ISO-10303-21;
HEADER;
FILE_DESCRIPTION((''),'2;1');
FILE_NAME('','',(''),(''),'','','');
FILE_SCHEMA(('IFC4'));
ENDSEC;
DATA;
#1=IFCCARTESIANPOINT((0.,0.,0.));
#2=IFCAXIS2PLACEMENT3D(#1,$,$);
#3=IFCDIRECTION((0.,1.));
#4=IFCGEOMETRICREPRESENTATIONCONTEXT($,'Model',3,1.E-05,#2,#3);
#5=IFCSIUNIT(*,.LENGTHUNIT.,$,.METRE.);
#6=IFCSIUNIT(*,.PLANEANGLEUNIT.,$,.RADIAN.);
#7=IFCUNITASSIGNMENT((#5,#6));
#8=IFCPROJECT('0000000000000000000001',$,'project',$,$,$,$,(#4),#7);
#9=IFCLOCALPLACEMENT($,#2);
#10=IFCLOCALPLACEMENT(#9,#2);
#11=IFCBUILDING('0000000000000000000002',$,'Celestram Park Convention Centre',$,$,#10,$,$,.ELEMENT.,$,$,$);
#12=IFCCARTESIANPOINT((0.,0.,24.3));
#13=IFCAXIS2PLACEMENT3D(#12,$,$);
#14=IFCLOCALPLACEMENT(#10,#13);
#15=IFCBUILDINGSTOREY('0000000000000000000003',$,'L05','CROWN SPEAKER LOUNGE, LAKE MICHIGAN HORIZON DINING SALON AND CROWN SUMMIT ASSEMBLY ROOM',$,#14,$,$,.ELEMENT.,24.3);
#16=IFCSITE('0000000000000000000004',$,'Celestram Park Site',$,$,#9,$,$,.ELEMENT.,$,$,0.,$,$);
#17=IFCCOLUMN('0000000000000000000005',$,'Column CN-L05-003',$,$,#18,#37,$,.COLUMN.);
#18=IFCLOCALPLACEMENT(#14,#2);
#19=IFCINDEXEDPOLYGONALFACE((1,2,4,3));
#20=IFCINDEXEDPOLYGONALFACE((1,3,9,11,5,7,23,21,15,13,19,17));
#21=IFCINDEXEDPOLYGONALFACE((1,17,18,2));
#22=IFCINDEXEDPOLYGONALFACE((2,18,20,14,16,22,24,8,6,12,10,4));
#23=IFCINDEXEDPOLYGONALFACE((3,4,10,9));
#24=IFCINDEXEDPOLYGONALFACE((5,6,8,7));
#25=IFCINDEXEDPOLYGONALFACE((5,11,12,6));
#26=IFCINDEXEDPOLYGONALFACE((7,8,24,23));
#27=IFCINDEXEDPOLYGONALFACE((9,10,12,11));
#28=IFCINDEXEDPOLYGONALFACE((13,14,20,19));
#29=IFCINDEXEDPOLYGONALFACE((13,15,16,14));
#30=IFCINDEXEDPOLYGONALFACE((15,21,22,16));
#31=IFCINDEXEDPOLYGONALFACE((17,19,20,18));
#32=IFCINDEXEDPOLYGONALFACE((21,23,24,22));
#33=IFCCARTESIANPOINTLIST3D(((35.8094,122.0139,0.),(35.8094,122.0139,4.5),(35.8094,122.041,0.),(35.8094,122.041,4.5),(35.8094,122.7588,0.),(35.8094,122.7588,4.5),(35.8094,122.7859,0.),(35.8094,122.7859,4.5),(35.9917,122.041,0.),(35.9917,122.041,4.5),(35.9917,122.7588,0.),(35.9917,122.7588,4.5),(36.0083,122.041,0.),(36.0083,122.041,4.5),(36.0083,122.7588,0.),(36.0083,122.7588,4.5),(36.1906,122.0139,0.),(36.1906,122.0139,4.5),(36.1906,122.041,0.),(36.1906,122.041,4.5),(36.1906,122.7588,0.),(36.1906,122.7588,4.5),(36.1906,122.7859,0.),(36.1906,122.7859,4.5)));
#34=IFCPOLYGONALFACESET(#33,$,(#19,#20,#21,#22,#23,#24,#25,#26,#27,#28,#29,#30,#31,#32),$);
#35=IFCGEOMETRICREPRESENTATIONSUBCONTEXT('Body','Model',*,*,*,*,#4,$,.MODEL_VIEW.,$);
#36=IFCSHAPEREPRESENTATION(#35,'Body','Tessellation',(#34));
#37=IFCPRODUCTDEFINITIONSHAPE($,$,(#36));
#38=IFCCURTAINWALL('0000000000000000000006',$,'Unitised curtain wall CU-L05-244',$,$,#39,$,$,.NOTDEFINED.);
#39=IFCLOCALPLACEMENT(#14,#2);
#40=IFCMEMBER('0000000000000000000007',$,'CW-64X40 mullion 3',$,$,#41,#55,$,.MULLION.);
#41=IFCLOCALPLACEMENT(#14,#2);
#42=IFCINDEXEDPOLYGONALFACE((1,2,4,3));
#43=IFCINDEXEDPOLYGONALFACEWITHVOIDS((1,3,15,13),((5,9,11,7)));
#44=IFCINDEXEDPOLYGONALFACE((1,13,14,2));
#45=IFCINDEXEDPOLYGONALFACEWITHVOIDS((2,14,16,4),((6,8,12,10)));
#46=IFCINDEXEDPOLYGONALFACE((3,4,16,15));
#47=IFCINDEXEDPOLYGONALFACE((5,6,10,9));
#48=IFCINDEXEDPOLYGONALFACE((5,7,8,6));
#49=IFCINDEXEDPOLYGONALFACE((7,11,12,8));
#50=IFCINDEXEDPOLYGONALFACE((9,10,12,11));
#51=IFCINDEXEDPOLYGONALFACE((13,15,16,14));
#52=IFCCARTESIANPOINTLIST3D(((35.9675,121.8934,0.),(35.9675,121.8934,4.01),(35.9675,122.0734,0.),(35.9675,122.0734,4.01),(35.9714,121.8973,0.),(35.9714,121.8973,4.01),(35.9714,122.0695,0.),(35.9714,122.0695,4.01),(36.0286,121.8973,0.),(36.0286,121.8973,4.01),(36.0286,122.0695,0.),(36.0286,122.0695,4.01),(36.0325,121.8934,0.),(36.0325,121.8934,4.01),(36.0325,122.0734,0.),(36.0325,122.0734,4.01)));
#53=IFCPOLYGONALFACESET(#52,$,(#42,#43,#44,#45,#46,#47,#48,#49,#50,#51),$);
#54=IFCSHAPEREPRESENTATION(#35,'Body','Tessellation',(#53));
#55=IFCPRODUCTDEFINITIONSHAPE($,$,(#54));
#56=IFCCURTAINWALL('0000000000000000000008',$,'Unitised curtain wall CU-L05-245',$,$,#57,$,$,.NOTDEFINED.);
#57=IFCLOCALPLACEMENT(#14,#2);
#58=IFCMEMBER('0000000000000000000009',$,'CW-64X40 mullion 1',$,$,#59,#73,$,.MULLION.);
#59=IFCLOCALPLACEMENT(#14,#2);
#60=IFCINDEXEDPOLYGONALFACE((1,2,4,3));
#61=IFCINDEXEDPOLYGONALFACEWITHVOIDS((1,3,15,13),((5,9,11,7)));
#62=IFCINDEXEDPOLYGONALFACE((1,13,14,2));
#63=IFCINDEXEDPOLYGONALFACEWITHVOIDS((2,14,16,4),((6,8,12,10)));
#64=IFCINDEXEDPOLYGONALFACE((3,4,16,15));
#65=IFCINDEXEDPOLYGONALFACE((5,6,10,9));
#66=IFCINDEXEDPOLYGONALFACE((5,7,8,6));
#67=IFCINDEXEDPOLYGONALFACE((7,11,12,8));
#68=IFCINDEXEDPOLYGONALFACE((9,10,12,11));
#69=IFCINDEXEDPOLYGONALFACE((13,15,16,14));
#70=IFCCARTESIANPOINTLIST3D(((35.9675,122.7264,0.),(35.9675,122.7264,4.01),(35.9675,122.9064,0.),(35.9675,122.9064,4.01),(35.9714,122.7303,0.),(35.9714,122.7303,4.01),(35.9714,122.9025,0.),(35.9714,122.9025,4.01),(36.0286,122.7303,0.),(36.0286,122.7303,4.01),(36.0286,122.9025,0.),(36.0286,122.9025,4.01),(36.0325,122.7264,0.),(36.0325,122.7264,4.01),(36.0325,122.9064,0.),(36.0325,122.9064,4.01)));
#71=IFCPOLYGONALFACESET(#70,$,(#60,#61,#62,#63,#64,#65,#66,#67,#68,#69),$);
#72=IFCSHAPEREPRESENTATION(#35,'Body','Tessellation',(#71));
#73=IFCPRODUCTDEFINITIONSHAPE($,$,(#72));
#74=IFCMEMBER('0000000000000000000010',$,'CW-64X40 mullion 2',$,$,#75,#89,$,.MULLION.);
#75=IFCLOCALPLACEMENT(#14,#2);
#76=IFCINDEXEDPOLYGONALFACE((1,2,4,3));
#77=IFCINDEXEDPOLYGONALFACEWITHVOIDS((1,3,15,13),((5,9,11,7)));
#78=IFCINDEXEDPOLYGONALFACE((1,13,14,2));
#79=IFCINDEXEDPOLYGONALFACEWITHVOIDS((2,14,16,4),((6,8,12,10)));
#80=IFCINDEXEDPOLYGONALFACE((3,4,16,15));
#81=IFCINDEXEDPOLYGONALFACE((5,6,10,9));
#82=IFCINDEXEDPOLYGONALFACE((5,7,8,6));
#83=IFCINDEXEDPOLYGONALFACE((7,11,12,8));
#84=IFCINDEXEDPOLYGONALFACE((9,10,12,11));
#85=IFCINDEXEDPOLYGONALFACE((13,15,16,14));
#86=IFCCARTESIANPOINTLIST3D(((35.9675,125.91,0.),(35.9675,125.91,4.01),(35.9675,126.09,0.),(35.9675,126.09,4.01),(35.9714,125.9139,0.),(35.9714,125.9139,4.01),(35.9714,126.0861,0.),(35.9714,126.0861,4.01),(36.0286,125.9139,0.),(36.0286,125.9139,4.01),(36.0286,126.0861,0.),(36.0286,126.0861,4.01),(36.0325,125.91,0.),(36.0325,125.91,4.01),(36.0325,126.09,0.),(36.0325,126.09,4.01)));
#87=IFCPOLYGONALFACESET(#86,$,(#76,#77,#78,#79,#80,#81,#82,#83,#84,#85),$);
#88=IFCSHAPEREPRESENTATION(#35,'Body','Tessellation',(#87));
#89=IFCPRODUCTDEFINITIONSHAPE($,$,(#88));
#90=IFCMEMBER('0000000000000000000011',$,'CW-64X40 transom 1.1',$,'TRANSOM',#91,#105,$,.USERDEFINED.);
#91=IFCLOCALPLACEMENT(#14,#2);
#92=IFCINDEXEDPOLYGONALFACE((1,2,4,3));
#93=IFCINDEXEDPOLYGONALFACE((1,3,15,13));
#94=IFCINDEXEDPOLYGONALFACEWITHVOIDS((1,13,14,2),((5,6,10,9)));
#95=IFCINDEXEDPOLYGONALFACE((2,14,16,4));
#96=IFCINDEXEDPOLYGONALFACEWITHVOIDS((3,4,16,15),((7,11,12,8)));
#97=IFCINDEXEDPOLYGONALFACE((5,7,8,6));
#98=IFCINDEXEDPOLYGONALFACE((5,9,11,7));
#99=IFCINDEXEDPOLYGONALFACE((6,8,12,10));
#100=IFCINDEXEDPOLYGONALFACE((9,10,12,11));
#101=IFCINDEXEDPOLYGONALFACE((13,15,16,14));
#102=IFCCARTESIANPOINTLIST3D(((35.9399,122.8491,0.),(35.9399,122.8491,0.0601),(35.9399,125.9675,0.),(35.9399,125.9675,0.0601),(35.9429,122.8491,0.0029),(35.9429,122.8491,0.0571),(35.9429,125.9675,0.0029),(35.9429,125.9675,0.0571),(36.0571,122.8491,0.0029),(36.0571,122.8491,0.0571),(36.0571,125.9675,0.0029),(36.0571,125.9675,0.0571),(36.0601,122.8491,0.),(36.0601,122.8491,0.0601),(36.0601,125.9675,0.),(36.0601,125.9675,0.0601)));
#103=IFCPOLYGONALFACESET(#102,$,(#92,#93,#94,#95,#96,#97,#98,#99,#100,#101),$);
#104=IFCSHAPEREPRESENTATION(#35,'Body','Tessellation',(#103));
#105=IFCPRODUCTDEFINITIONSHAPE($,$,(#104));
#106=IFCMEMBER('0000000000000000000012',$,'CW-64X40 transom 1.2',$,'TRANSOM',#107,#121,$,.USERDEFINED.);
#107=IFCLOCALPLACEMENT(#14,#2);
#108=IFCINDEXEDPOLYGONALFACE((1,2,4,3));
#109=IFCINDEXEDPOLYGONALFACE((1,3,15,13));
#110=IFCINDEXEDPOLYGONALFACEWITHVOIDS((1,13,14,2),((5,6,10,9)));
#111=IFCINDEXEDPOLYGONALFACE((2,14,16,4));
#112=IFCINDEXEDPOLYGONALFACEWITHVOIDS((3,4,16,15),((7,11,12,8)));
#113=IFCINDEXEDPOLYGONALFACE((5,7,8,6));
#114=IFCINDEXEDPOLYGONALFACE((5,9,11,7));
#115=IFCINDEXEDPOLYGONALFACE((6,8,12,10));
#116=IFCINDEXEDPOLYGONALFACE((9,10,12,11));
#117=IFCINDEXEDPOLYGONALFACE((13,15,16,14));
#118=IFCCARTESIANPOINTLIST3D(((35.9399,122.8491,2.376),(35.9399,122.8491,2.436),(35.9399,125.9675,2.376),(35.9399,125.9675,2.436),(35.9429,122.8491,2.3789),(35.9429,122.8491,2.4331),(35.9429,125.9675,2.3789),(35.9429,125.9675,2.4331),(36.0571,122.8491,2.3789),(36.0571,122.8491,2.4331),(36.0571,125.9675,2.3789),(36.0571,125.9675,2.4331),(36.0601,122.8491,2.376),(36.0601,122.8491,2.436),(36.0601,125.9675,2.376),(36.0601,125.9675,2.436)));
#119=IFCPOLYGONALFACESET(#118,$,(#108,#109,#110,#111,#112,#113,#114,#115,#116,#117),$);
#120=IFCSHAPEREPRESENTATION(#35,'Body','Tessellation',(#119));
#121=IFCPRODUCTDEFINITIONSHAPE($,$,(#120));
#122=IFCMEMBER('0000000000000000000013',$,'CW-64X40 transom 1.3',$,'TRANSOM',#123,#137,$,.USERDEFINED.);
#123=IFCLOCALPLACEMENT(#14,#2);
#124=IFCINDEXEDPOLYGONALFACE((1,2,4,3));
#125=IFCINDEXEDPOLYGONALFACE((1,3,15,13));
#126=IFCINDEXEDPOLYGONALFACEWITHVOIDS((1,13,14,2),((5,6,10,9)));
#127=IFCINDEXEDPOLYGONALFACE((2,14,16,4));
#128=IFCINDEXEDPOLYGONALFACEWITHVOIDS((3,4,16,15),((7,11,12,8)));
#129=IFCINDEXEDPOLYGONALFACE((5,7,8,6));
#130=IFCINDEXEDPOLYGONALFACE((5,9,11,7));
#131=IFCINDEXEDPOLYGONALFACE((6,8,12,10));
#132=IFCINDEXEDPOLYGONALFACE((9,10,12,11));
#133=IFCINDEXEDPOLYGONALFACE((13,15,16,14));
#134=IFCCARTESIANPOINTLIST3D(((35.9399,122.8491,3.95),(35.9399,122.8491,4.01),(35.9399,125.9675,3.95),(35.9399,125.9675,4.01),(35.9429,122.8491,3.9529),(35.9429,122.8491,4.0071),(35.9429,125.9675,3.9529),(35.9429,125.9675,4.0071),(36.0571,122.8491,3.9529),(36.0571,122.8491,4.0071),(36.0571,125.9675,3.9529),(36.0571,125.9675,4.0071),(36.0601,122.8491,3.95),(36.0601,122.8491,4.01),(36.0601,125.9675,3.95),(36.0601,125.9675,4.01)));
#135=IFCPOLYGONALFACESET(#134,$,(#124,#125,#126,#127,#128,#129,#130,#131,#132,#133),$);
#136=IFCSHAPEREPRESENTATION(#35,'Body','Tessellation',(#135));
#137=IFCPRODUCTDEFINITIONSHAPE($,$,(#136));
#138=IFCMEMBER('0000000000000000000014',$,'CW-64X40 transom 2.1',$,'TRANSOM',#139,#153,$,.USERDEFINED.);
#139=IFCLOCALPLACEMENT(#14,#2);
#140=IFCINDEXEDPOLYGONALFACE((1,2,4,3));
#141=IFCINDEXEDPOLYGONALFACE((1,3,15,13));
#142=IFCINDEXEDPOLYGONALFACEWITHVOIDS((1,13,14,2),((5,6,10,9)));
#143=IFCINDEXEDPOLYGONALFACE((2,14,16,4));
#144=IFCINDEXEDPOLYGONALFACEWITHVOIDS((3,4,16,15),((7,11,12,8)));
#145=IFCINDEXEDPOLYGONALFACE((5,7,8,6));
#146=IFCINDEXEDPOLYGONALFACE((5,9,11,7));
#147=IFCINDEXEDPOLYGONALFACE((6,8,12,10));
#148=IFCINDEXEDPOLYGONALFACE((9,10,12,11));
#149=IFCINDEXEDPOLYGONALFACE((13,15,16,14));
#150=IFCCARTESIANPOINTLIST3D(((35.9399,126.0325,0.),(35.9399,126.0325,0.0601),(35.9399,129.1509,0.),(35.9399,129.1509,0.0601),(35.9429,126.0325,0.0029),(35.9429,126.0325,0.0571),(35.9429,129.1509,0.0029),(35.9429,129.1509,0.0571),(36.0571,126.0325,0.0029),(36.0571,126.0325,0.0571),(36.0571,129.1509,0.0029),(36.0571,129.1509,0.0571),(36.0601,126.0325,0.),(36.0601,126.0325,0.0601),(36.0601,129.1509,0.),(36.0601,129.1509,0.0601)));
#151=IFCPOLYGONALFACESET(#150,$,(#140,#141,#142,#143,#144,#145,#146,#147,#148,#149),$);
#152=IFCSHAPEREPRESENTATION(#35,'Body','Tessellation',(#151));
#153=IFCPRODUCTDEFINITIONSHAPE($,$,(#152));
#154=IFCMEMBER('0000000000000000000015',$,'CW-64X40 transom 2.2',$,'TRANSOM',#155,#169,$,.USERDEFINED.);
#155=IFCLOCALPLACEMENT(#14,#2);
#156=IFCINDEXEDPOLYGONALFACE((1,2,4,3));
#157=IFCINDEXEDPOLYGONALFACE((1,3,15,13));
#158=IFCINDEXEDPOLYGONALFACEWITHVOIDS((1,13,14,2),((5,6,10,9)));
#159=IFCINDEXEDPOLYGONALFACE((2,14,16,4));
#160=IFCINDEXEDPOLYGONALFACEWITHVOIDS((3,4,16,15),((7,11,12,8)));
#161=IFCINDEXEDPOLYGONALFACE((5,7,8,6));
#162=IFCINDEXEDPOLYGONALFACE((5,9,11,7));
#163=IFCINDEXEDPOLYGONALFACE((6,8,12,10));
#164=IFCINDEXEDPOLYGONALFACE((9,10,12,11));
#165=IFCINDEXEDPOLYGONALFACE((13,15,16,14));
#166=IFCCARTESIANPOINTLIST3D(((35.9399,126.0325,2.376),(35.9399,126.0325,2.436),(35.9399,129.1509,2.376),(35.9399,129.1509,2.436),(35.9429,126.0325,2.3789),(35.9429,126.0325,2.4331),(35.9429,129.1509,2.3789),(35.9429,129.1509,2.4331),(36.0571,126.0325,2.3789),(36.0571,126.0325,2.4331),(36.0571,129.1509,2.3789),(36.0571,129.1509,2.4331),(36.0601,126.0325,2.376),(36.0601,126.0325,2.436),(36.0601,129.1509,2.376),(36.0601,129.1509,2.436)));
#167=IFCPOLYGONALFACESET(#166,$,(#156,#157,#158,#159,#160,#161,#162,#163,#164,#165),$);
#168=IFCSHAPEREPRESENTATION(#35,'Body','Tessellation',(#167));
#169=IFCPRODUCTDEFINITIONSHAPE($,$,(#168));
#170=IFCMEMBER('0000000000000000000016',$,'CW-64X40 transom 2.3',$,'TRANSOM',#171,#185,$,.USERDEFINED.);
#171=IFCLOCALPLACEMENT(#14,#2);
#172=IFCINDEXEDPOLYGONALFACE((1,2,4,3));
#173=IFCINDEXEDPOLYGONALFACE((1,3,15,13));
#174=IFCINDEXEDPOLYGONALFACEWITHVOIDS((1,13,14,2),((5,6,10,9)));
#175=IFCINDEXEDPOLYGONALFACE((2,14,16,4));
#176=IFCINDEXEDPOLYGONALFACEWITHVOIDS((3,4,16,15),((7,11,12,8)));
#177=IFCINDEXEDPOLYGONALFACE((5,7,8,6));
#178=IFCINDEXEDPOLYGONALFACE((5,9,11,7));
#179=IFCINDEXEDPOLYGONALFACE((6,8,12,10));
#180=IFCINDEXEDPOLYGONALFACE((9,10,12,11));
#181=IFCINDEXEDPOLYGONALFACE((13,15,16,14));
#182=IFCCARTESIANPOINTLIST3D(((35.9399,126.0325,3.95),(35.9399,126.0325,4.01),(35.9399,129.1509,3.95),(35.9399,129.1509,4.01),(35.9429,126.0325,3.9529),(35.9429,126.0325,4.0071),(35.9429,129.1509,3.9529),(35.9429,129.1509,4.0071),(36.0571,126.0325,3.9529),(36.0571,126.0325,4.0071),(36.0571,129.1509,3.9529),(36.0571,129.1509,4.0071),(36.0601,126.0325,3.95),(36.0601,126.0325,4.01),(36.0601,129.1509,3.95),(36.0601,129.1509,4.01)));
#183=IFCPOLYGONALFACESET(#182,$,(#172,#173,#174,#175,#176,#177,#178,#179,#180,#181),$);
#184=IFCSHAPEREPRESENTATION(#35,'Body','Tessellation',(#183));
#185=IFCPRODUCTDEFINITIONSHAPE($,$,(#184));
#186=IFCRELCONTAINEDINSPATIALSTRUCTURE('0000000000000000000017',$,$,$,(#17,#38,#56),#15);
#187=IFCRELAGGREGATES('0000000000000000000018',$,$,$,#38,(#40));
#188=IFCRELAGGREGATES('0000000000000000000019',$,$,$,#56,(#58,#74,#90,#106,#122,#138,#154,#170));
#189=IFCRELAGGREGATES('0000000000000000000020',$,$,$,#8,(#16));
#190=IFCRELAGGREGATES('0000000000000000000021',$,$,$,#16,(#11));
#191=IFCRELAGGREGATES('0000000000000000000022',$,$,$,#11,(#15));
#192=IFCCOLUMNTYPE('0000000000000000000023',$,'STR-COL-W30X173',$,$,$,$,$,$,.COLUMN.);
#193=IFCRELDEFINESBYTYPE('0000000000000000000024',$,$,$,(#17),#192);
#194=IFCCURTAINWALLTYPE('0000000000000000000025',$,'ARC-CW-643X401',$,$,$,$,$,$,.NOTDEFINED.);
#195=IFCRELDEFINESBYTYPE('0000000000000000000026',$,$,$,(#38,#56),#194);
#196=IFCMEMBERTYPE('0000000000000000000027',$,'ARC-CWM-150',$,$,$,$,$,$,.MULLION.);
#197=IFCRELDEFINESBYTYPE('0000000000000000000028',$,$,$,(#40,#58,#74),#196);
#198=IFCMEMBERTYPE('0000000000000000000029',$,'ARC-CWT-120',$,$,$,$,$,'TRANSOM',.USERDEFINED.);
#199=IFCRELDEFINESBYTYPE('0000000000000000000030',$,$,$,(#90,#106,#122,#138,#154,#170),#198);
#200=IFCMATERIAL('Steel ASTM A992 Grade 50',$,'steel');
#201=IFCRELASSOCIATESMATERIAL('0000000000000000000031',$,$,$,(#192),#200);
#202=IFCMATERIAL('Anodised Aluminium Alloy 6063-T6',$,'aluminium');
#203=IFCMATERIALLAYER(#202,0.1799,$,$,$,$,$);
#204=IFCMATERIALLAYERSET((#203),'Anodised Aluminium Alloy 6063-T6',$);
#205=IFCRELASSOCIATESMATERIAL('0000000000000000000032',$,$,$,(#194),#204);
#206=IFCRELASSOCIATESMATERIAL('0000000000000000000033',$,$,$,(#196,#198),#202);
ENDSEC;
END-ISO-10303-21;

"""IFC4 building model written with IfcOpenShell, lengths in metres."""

from ifc_helpers import new_model, si_unit, direction, frame, origin, origin_2d, place, context, subcontext, project, spatial, hollow_rectangle, i_section, extrude, material, layer, layer_set, material_profile, profile_set, type_object, element, aggregate, save


model = new_model("IFC4")

# Units and contexts
model_context = context("Model", 3, precision=1e-05, world=origin(), true_north=direction((0.0, 1.0)))
body_context = subcontext(model_context, "Body", "Model", "MODEL_VIEW")
ifc_project = project(units=[si_unit("LENGTHUNIT", "METRE"), si_unit("PLANEANGLEUNIT", "RADIAN")], contexts=[model_context])

# Site, building, storey
site_placement = place(None, origin())
site = spatial("IfcSite", under=ifc_project, at=site_placement, Name="Celestram Park Site", CompositionType="ELEMENT", RefElevation=0.0)
building_placement = place(site_placement, origin())
building = spatial("IfcBuilding", under=site, at=building_placement, Name="Celestram Park Convention Centre", CompositionType="ELEMENT")
storey_placement = place(building_placement, frame((0.0, 0.0, 24.3)))
storey = spatial("IfcBuildingStorey", under=building, at=storey_placement, Name="L05", Description="CROWN SPEAKER LOUNGE, LAKE MICHIGAN HORIZON DINING SALON AND CROWN SUMMIT ASSEMBLY ROOM", CompositionType="ELEMENT", Elevation=24.3)

# Column
ifc_material_1 = material(Name="Steel ASTM A992 Grade 50", Category="steel")
ifc_material_profile_1 = material_profile(ifc_material_1, i_section(OverallWidth=0.3811, OverallDepth=0.772, WebThickness=0.0166, FlangeThickness=0.0271, at=origin_2d()), Name="W30X173")
ifc_profile_set_1 = profile_set([ifc_material_profile_1], Name="Steel ASTM A992 Grade 50")
column_type = type_object("IfcColumnType", Name="STR-COL-W30X173", PredefinedType="COLUMN", material=ifc_profile_set_1)
column_placement = place(storey_placement, frame((36.0, 122.3999, 0.0), z_axis=(0.0, 0.0, 1.0), x_axis=(1.0, 0.0, 0.0)))
element("IfcColumn", 1, at=column_placement, inside=storey, type_object=column_type, Name="Column CN-L05-003", PredefinedType="COLUMN", context=body_context, shape_type="SweptSolid", body=[
    extrude(i_section(OverallWidth=0.3811, OverallDepth=0.772, WebThickness=0.0166, FlangeThickness=0.0271, at=origin_2d()), origin(), (0.0, 0.0, 1.0), 4.5),
])

# Curtain wall, member
ifc_material_2 = material(Name="Anodised Aluminium Alloy 6063-T6", Category="aluminium")
ifc_layer_1 = layer(ifc_material_2, 0.1799)
ifc_layer_set_1 = layer_set([ifc_layer_1], Name="Anodised Aluminium Alloy 6063-T6")
curtain_wall_type = type_object("IfcCurtainWallType", Name="ARC-CW-643X401", PredefinedType="NOTDEFINED", material=ifc_layer_set_1)
curtain_wall_1_placement = place(storey_placement, origin())
curtain_wall_1 = element("IfcCurtainWall", 2, at=curtain_wall_1_placement, inside=storey, type_object=curtain_wall_type, Name="Unitised curtain wall CU-L05-244", PredefinedType="NOTDEFINED")
ifc_material_profile_2 = material_profile(ifc_material_2, hollow_rectangle(XDim=0.0649, YDim=0.1799, WallThickness=0.0039, at=origin_2d()), Name="ALU65X180X4")
ifc_profile_set_2 = profile_set([ifc_material_profile_2], Name="Anodised Aluminium Alloy 6063-T6")
member_type_1 = type_object("IfcMemberType", Name="ARC-CWM-150", PredefinedType="MULLION", material=ifc_profile_set_2)
member_1_placement = place(storey_placement, frame((36.0, 121.9834, 0.0), z_axis=(0.0, 0.0, 1.0), x_axis=(-1.0, 0.0, 0.0)))
member_1 = element("IfcMember", 3, at=member_1_placement, type_object=member_type_1, Name="CW-64X40 mullion 3", PredefinedType="MULLION", context=body_context, shape_type="SweptSolid", body=[
    extrude(hollow_rectangle(XDim=0.0649, YDim=0.1799, WallThickness=0.0039, at=origin_2d()), origin(), (0.0, 0.0, 1.0), 4.01),
])

# Curtain wall, members
curtain_wall_2_placement = place(storey_placement, origin())
curtain_wall_2 = element("IfcCurtainWall", 4, at=curtain_wall_2_placement, inside=storey, type_object=curtain_wall_type, Name="Unitised curtain wall CU-L05-245", PredefinedType="NOTDEFINED")
member_2_placement = place(storey_placement, frame((36.0, 122.8164, 0.0), z_axis=(0.0, 0.0, 1.0), x_axis=(-1.0, 0.0, 0.0)))
member_2 = element("IfcMember", 5, at=member_2_placement, type_object=member_type_1, Name="CW-64X40 mullion 1", PredefinedType="MULLION", context=body_context, shape_type="SweptSolid", body=[
    extrude(hollow_rectangle(XDim=0.0649, YDim=0.1799, WallThickness=0.0039, at=origin_2d()), origin(), (0.0, 0.0, 1.0), 4.01),
])
member_3_placement = place(storey_placement, frame((36.0, 126.0, 0.0), z_axis=(0.0, 0.0, 1.0), x_axis=(-1.0, 0.0, 0.0)))
member_3 = element("IfcMember", 6, at=member_3_placement, type_object=member_type_1, Name="CW-64X40 mullion 2", PredefinedType="MULLION", context=body_context, shape_type="SweptSolid", body=[
    extrude(hollow_rectangle(XDim=0.0649, YDim=0.1799, WallThickness=0.0039, at=origin_2d()), origin(), (0.0, 0.0, 1.0), 4.01),
])
ifc_material_profile_3 = material_profile(ifc_material_2, hollow_rectangle(XDim=0.1201, YDim=0.0601, WallThickness=0.0029, at=origin_2d()), Name="ALU120X60X3")
ifc_profile_set_3 = profile_set([ifc_material_profile_3], Name="Anodised Aluminium Alloy 6063-T6")
member_type_2 = type_object("IfcMemberType", Name="ARC-CWT-120", ElementType="TRANSOM", PredefinedType="USERDEFINED", material=ifc_profile_set_3)
member_4_placement = place(storey_placement, frame((36.0, 122.8491, 0.03), z_axis=(0.0, 1.0, 0.0), x_axis=(-1.0, 0.0, 0.0)))
member_4 = element("IfcMember", 7, at=member_4_placement, type_object=member_type_2, Name="CW-64X40 transom 1.1", ObjectType="TRANSOM", PredefinedType="USERDEFINED", context=body_context, shape_type="SweptSolid", body=[
    extrude(hollow_rectangle(XDim=0.1201, YDim=0.0601, WallThickness=0.0029, at=origin_2d()), origin(), (0.0, 0.0, 1.0), 3.1184),
])
member_5_placement = place(storey_placement, frame((36.0, 122.8491, 2.406), z_axis=(0.0, 1.0, 0.0), x_axis=(-1.0, 0.0, 0.0)))
member_5 = element("IfcMember", 8, at=member_5_placement, type_object=member_type_2, Name="CW-64X40 transom 1.2", ObjectType="TRANSOM", PredefinedType="USERDEFINED", context=body_context, shape_type="SweptSolid", body=[
    extrude(hollow_rectangle(XDim=0.1201, YDim=0.0601, WallThickness=0.0029, at=origin_2d()), origin(), (0.0, 0.0, 1.0), 3.1184),
])
member_6_placement = place(storey_placement, frame((36.0, 122.8491, 3.98), z_axis=(0.0, 1.0, 0.0), x_axis=(-1.0, 0.0, 0.0)))
member_6 = element("IfcMember", 9, at=member_6_placement, type_object=member_type_2, Name="CW-64X40 transom 1.3", ObjectType="TRANSOM", PredefinedType="USERDEFINED", context=body_context, shape_type="SweptSolid", body=[
    extrude(hollow_rectangle(XDim=0.1201, YDim=0.0601, WallThickness=0.0029, at=origin_2d()), origin(), (0.0, 0.0, 1.0), 3.1184),
])
member_7_placement = place(storey_placement, frame((36.0, 126.0325, 0.03), z_axis=(0.0, 1.0, 0.0), x_axis=(-1.0, 0.0, 0.0)))
member_7 = element("IfcMember", 10, at=member_7_placement, type_object=member_type_2, Name="CW-64X40 transom 2.1", ObjectType="TRANSOM", PredefinedType="USERDEFINED", context=body_context, shape_type="SweptSolid", body=[
    extrude(hollow_rectangle(XDim=0.1201, YDim=0.0601, WallThickness=0.0029, at=origin_2d()), origin(), (0.0, 0.0, 1.0), 3.1184),
])
member_8_placement = place(storey_placement, frame((36.0, 126.0325, 2.406), z_axis=(0.0, 1.0, 0.0), x_axis=(-1.0, 0.0, 0.0)))
member_8 = element("IfcMember", 11, at=member_8_placement, type_object=member_type_2, Name="CW-64X40 transom 2.2", ObjectType="TRANSOM", PredefinedType="USERDEFINED", context=body_context, shape_type="SweptSolid", body=[
    extrude(hollow_rectangle(XDim=0.1201, YDim=0.0601, WallThickness=0.0029, at=origin_2d()), origin(), (0.0, 0.0, 1.0), 3.1184),
])
member_9_placement = place(storey_placement, frame((36.0, 126.0325, 3.98), z_axis=(0.0, 1.0, 0.0), x_axis=(-1.0, 0.0, 0.0)))
member_9 = element("IfcMember", 12, at=member_9_placement, type_object=member_type_2, Name="CW-64X40 transom 2.3", ObjectType="TRANSOM", PredefinedType="USERDEFINED", context=body_context, shape_type="SweptSolid", body=[
    extrude(hollow_rectangle(XDim=0.1201, YDim=0.0601, WallThickness=0.0029, at=origin_2d()), origin(), (0.0, 0.0, 1.0), 3.1184),
])

aggregate(curtain_wall_1, [member_1])
aggregate(curtain_wall_2, [member_2, member_3, member_4, member_5, member_6, member_7, member_8, member_9])

save(model, "model.ifc")
